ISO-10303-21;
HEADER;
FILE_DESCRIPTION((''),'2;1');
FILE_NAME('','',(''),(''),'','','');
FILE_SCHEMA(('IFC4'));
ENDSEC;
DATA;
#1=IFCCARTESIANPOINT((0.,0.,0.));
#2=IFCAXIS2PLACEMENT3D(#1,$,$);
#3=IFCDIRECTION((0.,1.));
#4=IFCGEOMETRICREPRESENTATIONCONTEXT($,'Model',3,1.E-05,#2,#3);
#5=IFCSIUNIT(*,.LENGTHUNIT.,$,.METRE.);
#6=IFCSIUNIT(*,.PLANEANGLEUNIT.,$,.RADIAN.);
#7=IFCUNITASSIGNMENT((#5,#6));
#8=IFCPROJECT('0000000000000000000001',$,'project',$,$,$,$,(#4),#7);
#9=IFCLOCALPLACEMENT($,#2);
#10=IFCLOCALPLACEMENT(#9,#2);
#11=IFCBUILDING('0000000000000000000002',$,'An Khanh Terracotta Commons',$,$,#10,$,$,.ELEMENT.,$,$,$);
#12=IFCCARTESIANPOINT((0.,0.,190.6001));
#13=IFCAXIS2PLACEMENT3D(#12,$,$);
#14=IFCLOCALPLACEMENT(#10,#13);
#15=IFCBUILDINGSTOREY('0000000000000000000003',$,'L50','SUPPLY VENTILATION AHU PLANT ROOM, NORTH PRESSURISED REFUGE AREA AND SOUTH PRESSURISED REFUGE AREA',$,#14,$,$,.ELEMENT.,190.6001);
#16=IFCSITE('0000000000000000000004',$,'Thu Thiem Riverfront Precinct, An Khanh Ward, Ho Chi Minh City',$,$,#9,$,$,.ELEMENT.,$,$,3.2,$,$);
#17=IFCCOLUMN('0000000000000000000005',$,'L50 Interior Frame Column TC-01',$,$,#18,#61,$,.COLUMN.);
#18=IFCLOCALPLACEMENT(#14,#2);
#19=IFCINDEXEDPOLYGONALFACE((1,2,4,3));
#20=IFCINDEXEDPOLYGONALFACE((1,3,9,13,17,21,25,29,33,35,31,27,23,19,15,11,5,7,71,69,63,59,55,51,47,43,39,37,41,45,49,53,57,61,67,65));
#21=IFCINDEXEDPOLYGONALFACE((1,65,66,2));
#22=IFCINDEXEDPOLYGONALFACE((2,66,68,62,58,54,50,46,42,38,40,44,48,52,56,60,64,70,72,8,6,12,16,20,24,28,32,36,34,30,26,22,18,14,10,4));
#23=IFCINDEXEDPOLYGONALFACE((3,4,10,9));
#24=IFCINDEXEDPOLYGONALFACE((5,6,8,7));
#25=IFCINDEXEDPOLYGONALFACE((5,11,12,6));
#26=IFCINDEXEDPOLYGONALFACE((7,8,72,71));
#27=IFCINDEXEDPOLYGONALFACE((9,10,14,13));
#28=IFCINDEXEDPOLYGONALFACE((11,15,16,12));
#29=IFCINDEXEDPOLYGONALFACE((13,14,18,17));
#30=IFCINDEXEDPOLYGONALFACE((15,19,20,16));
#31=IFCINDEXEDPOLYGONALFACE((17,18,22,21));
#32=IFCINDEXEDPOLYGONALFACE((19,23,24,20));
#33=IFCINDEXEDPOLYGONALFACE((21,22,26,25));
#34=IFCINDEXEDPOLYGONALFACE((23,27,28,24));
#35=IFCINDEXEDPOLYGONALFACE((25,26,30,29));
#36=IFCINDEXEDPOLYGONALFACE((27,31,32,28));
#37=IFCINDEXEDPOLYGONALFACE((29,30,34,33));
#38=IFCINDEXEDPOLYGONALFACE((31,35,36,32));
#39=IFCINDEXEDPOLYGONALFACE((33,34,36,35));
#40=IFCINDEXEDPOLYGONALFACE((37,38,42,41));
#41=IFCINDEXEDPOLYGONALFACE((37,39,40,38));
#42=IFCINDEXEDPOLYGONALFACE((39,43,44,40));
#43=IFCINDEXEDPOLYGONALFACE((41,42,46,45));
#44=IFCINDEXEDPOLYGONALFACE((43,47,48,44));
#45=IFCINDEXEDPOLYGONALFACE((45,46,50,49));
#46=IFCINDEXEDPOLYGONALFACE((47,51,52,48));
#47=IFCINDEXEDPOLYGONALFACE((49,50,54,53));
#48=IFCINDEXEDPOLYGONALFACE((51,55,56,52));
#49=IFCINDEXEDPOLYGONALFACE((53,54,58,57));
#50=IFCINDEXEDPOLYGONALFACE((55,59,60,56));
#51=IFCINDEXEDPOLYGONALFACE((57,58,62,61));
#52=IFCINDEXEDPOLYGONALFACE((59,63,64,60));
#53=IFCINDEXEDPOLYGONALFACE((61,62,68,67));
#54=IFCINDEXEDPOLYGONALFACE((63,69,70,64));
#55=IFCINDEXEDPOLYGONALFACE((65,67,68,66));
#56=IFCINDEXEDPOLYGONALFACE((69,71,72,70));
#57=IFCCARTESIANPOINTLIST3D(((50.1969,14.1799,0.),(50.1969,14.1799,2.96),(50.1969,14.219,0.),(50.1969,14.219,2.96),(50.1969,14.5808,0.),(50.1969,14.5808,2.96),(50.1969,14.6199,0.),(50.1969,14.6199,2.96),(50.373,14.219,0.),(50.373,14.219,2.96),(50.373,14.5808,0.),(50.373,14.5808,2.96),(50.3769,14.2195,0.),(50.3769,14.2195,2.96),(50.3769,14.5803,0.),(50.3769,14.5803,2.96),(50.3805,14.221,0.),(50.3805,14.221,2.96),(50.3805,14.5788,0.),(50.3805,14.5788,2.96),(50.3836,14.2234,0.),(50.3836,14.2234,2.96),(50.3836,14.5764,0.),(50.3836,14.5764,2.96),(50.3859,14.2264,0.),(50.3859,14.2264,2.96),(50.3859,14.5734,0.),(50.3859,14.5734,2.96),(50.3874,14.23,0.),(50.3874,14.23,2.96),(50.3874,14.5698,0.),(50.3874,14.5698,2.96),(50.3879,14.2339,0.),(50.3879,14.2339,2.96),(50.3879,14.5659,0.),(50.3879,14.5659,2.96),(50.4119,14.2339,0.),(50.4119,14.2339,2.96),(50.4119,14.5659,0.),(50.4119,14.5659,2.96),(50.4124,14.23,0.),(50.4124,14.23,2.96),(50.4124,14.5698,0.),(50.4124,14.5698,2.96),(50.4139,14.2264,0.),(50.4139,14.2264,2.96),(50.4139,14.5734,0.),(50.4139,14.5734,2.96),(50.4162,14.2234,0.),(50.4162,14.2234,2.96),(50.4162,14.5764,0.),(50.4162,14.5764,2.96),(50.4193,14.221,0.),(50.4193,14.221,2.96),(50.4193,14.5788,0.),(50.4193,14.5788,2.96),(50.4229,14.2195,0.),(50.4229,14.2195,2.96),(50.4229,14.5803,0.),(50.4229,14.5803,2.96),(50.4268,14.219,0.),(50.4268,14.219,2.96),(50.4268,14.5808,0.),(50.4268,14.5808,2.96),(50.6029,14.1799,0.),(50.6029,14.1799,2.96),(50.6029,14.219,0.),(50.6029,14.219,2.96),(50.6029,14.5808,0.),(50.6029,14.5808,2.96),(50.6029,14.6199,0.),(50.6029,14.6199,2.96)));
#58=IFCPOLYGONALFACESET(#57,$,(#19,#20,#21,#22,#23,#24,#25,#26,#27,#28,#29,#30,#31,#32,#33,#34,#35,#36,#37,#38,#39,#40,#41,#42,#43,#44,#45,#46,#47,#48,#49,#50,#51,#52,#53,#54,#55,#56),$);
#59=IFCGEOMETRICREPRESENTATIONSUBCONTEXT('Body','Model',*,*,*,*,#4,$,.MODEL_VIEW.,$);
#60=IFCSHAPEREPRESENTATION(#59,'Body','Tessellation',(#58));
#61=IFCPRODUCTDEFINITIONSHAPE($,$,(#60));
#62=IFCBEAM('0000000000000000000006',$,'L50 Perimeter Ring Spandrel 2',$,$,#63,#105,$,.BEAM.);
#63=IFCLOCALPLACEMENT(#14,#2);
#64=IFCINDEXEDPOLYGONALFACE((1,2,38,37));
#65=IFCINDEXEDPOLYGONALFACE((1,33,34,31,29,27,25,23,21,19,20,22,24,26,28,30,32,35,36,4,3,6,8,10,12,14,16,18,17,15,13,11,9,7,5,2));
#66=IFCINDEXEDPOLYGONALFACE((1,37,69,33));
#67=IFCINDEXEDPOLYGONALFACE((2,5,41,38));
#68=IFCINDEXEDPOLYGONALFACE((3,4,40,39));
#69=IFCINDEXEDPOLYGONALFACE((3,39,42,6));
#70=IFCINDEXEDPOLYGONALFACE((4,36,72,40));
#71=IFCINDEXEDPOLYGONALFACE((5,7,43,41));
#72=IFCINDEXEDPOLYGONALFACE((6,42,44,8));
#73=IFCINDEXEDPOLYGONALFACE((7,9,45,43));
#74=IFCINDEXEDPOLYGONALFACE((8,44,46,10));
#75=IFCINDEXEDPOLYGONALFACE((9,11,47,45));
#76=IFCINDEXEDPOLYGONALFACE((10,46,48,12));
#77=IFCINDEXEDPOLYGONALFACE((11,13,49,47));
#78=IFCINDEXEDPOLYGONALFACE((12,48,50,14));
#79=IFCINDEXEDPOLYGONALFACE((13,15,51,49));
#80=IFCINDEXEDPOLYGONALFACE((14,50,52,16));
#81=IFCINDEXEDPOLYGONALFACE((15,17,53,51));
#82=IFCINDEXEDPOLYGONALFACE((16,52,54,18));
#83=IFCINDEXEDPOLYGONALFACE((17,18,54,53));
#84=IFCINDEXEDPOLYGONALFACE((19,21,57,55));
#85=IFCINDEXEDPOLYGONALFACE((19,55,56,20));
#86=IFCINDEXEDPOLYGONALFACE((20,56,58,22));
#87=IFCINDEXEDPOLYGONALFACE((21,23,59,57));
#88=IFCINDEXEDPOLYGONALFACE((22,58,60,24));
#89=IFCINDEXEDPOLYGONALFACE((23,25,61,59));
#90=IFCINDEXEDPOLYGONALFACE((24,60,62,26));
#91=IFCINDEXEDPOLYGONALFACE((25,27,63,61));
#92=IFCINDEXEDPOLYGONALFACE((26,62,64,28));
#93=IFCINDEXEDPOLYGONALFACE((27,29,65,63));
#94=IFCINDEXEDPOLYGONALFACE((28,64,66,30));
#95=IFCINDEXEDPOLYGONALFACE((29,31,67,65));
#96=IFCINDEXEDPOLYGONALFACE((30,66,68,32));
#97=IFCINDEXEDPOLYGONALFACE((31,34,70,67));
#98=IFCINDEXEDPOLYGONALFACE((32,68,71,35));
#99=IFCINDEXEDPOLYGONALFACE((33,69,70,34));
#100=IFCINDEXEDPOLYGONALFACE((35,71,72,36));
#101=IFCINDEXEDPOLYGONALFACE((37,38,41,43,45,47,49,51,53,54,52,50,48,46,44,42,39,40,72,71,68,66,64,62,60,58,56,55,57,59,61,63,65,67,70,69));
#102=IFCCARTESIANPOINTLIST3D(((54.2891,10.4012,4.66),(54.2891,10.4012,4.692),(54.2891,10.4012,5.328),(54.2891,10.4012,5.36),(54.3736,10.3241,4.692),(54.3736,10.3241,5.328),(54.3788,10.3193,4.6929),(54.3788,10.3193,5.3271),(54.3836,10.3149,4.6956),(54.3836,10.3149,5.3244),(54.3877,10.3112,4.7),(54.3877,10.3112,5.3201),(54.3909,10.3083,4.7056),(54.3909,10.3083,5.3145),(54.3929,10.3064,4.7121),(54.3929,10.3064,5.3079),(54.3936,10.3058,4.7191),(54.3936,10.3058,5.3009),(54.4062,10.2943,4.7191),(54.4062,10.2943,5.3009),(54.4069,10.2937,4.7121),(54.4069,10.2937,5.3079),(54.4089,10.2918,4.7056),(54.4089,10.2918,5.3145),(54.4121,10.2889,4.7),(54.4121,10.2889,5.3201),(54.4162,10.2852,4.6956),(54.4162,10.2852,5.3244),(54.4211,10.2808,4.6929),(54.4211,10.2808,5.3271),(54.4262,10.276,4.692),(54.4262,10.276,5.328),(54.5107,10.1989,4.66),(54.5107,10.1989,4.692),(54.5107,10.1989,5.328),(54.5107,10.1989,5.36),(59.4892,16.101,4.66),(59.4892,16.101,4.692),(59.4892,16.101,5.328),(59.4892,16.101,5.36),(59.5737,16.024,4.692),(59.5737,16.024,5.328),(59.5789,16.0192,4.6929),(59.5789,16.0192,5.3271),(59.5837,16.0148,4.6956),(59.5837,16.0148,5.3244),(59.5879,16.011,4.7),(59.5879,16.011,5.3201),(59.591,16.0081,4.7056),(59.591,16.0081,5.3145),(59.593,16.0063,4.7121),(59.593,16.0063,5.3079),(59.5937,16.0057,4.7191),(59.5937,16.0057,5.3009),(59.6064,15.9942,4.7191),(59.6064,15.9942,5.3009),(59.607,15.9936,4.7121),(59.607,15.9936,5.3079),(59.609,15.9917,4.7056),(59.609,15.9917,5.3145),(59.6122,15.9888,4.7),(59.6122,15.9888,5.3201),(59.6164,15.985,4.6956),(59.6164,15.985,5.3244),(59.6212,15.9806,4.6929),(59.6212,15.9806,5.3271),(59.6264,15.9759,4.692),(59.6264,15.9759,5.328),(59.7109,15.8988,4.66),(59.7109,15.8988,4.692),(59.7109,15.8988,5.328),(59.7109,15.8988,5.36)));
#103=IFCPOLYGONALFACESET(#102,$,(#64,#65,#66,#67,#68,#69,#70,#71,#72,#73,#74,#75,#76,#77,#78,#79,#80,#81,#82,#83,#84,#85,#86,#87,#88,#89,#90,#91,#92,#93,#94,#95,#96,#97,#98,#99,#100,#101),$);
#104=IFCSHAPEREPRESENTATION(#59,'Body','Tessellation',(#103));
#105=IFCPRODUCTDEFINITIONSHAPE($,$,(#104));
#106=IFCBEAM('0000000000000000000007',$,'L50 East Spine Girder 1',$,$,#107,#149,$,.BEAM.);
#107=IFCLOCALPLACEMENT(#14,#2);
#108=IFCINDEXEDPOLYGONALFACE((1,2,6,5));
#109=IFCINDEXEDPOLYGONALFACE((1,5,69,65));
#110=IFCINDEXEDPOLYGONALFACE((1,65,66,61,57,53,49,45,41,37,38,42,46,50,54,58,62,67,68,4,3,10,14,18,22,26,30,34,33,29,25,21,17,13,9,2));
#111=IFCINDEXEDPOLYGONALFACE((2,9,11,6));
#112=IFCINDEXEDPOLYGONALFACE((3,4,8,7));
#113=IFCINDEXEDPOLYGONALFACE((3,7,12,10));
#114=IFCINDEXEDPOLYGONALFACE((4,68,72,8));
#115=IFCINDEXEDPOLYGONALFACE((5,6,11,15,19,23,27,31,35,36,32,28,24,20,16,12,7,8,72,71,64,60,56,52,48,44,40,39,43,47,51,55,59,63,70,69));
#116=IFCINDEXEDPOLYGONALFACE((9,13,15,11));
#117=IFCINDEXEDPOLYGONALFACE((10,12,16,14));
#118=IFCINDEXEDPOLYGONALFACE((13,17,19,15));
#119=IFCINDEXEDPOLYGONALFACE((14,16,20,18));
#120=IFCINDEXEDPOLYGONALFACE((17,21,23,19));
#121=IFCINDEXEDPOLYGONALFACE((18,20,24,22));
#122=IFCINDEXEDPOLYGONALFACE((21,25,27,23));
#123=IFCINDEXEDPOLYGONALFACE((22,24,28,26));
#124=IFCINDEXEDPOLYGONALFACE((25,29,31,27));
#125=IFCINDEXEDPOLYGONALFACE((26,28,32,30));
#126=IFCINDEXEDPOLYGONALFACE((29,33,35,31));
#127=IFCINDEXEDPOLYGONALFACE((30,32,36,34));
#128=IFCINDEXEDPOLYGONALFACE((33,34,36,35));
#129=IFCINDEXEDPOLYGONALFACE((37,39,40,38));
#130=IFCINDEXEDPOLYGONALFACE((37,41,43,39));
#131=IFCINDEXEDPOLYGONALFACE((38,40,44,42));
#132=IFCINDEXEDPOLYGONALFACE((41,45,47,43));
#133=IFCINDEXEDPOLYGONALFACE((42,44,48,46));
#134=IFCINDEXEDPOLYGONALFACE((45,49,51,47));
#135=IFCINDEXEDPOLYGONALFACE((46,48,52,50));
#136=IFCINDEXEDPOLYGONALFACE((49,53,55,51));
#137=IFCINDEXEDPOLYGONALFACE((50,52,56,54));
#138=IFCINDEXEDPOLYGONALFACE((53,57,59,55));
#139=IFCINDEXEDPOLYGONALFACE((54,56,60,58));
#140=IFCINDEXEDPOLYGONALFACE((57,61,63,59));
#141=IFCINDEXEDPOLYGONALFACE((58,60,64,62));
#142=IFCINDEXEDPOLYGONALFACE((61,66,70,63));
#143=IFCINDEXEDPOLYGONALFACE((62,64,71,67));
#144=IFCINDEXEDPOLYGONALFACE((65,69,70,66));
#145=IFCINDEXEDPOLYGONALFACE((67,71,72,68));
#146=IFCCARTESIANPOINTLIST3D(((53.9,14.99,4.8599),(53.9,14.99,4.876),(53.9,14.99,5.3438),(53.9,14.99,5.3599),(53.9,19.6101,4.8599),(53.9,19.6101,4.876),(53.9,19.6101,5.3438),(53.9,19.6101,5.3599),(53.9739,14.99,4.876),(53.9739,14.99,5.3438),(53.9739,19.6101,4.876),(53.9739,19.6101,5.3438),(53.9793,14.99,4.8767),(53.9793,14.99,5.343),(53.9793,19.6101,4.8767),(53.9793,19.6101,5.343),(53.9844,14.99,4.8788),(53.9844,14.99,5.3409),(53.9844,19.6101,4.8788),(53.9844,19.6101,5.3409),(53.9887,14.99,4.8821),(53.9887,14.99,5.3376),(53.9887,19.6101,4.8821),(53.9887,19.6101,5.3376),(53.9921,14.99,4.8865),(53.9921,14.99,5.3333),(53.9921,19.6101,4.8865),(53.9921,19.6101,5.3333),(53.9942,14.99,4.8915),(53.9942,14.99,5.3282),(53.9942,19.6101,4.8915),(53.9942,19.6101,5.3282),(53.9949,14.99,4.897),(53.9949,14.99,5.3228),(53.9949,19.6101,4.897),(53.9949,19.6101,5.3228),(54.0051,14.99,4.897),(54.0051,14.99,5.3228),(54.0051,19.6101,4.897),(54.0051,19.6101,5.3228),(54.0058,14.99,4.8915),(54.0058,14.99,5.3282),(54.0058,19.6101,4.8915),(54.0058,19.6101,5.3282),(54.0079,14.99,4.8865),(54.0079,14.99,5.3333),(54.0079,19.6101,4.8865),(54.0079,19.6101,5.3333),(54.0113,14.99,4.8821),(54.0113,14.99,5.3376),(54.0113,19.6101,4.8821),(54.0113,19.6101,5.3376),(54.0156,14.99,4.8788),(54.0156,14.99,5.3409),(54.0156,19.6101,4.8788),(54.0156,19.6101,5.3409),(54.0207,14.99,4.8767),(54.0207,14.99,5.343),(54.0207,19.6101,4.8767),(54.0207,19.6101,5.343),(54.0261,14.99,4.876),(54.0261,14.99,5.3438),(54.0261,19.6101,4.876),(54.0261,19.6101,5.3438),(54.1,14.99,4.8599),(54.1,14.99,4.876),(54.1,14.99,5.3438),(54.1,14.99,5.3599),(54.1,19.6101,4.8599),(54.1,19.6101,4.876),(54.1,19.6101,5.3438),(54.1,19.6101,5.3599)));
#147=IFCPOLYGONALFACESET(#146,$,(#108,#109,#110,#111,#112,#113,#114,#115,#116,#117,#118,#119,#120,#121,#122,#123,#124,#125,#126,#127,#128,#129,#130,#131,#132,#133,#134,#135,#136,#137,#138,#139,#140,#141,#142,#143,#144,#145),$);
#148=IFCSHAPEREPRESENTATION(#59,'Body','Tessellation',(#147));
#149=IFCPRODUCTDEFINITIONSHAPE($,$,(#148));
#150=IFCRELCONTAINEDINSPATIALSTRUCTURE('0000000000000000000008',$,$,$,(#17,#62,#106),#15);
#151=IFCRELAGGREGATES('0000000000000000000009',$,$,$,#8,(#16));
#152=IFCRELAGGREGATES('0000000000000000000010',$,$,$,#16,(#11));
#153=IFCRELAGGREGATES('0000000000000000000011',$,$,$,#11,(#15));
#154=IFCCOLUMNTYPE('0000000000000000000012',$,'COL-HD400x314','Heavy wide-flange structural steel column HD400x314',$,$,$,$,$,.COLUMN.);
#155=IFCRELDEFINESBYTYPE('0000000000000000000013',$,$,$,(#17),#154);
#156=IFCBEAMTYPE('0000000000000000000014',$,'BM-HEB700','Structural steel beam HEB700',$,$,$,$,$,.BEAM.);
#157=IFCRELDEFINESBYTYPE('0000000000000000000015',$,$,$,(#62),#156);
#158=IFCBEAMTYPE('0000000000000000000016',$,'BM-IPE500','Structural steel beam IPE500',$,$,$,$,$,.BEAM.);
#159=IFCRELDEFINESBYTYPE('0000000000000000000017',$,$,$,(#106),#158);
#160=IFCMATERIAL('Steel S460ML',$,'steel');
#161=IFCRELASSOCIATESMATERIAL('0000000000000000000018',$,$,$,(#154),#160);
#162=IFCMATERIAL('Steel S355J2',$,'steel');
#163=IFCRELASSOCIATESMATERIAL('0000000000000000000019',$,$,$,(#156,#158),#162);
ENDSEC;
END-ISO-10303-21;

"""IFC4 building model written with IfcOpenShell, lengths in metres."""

from ifc_helpers import new_model, si_unit, direction, frame, origin, origin_2d, place, context, subcontext, project, spatial, i_section, extrude, material, material_profile, profile_set, type_object, element, save


model = new_model("IFC4")

# Units and contexts
model_context = context("Model", 3, precision=1e-05, world=origin(), true_north=direction((0.0, 1.0)))
body_context = subcontext(model_context, "Body", "Model", "MODEL_VIEW")
ifc_project = project(units=[si_unit("LENGTHUNIT", "METRE"), si_unit("PLANEANGLEUNIT", "RADIAN")], contexts=[model_context])

# Site, building, storey
site_placement = place(None, origin())
site = spatial("IfcSite", under=ifc_project, at=site_placement, Name="Thu Thiem Riverfront Precinct, An Khanh Ward, Ho Chi Minh City", CompositionType="ELEMENT", RefElevation=3.2)
building_placement = place(site_placement, origin())
building = spatial("IfcBuilding", under=site, at=building_placement, Name="An Khanh Terracotta Commons", CompositionType="ELEMENT")
storey_placement = place(building_placement, frame((0.0, 0.0, 190.6001)))
storey = spatial("IfcBuildingStorey", under=building, at=storey_placement, Name="L50", Description="SUPPLY VENTILATION AHU PLANT ROOM, NORTH PRESSURISED REFUGE AREA AND SOUTH PRESSURISED REFUGE AREA", CompositionType="ELEMENT", Elevation=190.6001)

# Column
ifc_material_1 = material(Name="Steel S460ML", Category="steel")
ifc_material_profile_1 = material_profile(ifc_material_1, i_section(OverallWidth=0.406, OverallDepth=0.4399, WebThickness=0.0239, FlangeThickness=0.0391, FilletRadius=0.0149, at=origin_2d()), Name="HD400x314")
ifc_profile_set_1 = profile_set([ifc_material_profile_1], Name="Steel S460ML")
column_type = type_object("IfcColumnType", Name="COL-HD400x314", Description="Heavy wide-flange structural steel column HD400x314", PredefinedType="COLUMN", material=ifc_profile_set_1)
column_placement = place(storey_placement, frame((50.3999, 14.3999, 0.0), z_axis=(0.0, 0.0, 1.0), x_axis=(1.0, 0.0, 0.0)))
element("IfcColumn", 1, at=column_placement, inside=storey, type_object=column_type, Name="L50 Interior Frame Column TC-01", PredefinedType="COLUMN", context=body_context, shape_type="SweptSolid", body=[
    extrude(i_section(OverallWidth=0.406, OverallDepth=0.4399, WebThickness=0.0239, FlangeThickness=0.0391, FilletRadius=0.0149, at=origin_2d()), origin(), (0.0, 0.0, 1.0), 2.96),
])

# Beams
ifc_material_2 = material(Name="Steel S355J2", Category="steel")
ifc_material_profile_2 = material_profile(ifc_material_2, i_section(OverallWidth=0.3, OverallDepth=0.7, WebThickness=0.0171, FlangeThickness=0.032, FilletRadius=0.0271, at=origin_2d()), Name="HEB700")
ifc_profile_set_2 = profile_set([ifc_material_profile_2], Name="Steel S355J2")
beam_type_1 = type_object("IfcBeamType", Name="BM-HEB700", Description="Structural steel beam HEB700", PredefinedType="BEAM", material=ifc_profile_set_2)
beam_1_placement = place(storey_placement, frame((54.3999, 10.3, 5.01), z_axis=(0.673979, 0.738751, 0.0), x_axis=(-0.738751, 0.673979, 0.0)))
element("IfcBeam", 2, at=beam_1_placement, inside=storey, type_object=beam_type_1, Name="L50 Perimeter Ring Spandrel 2", PredefinedType="BEAM", context=body_context, shape_type="SweptSolid", body=[
    extrude(i_section(OverallWidth=0.3, OverallDepth=0.7, WebThickness=0.0171, FlangeThickness=0.032, FilletRadius=0.0271, at=origin_2d()), origin(), (0.0, 0.0, 1.0), 7.7156),
])
ifc_material_profile_3 = material_profile(ifc_material_2, i_section(OverallWidth=0.2, OverallDepth=0.5, WebThickness=0.0103, FlangeThickness=0.0161, FilletRadius=0.021, at=origin_2d()), Name="IPE500")
ifc_profile_set_3 = profile_set([ifc_material_profile_3], Name="Steel S355J2")
beam_type_2 = type_object("IfcBeamType", Name="BM-IPE500", Description="Structural steel beam IPE500", PredefinedType="BEAM", material=ifc_profile_set_3)
beam_2_placement = place(storey_placement, frame((54.0, 14.99, 5.1099), z_axis=(0.0, 1.0, 0.0), x_axis=(-1.0, 0.0, 0.0)))
element("IfcBeam", 3, at=beam_2_placement, inside=storey, type_object=beam_type_2, Name="L50 East Spine Girder 1", PredefinedType="BEAM", context=body_context, shape_type="SweptSolid", body=[
    extrude(i_section(OverallWidth=0.2, OverallDepth=0.5, WebThickness=0.0103, FlangeThickness=0.0161, FilletRadius=0.021, at=origin_2d()), origin(), (0.0, 0.0, 1.0), 4.6201),
])

save(model, "model.ifc")
